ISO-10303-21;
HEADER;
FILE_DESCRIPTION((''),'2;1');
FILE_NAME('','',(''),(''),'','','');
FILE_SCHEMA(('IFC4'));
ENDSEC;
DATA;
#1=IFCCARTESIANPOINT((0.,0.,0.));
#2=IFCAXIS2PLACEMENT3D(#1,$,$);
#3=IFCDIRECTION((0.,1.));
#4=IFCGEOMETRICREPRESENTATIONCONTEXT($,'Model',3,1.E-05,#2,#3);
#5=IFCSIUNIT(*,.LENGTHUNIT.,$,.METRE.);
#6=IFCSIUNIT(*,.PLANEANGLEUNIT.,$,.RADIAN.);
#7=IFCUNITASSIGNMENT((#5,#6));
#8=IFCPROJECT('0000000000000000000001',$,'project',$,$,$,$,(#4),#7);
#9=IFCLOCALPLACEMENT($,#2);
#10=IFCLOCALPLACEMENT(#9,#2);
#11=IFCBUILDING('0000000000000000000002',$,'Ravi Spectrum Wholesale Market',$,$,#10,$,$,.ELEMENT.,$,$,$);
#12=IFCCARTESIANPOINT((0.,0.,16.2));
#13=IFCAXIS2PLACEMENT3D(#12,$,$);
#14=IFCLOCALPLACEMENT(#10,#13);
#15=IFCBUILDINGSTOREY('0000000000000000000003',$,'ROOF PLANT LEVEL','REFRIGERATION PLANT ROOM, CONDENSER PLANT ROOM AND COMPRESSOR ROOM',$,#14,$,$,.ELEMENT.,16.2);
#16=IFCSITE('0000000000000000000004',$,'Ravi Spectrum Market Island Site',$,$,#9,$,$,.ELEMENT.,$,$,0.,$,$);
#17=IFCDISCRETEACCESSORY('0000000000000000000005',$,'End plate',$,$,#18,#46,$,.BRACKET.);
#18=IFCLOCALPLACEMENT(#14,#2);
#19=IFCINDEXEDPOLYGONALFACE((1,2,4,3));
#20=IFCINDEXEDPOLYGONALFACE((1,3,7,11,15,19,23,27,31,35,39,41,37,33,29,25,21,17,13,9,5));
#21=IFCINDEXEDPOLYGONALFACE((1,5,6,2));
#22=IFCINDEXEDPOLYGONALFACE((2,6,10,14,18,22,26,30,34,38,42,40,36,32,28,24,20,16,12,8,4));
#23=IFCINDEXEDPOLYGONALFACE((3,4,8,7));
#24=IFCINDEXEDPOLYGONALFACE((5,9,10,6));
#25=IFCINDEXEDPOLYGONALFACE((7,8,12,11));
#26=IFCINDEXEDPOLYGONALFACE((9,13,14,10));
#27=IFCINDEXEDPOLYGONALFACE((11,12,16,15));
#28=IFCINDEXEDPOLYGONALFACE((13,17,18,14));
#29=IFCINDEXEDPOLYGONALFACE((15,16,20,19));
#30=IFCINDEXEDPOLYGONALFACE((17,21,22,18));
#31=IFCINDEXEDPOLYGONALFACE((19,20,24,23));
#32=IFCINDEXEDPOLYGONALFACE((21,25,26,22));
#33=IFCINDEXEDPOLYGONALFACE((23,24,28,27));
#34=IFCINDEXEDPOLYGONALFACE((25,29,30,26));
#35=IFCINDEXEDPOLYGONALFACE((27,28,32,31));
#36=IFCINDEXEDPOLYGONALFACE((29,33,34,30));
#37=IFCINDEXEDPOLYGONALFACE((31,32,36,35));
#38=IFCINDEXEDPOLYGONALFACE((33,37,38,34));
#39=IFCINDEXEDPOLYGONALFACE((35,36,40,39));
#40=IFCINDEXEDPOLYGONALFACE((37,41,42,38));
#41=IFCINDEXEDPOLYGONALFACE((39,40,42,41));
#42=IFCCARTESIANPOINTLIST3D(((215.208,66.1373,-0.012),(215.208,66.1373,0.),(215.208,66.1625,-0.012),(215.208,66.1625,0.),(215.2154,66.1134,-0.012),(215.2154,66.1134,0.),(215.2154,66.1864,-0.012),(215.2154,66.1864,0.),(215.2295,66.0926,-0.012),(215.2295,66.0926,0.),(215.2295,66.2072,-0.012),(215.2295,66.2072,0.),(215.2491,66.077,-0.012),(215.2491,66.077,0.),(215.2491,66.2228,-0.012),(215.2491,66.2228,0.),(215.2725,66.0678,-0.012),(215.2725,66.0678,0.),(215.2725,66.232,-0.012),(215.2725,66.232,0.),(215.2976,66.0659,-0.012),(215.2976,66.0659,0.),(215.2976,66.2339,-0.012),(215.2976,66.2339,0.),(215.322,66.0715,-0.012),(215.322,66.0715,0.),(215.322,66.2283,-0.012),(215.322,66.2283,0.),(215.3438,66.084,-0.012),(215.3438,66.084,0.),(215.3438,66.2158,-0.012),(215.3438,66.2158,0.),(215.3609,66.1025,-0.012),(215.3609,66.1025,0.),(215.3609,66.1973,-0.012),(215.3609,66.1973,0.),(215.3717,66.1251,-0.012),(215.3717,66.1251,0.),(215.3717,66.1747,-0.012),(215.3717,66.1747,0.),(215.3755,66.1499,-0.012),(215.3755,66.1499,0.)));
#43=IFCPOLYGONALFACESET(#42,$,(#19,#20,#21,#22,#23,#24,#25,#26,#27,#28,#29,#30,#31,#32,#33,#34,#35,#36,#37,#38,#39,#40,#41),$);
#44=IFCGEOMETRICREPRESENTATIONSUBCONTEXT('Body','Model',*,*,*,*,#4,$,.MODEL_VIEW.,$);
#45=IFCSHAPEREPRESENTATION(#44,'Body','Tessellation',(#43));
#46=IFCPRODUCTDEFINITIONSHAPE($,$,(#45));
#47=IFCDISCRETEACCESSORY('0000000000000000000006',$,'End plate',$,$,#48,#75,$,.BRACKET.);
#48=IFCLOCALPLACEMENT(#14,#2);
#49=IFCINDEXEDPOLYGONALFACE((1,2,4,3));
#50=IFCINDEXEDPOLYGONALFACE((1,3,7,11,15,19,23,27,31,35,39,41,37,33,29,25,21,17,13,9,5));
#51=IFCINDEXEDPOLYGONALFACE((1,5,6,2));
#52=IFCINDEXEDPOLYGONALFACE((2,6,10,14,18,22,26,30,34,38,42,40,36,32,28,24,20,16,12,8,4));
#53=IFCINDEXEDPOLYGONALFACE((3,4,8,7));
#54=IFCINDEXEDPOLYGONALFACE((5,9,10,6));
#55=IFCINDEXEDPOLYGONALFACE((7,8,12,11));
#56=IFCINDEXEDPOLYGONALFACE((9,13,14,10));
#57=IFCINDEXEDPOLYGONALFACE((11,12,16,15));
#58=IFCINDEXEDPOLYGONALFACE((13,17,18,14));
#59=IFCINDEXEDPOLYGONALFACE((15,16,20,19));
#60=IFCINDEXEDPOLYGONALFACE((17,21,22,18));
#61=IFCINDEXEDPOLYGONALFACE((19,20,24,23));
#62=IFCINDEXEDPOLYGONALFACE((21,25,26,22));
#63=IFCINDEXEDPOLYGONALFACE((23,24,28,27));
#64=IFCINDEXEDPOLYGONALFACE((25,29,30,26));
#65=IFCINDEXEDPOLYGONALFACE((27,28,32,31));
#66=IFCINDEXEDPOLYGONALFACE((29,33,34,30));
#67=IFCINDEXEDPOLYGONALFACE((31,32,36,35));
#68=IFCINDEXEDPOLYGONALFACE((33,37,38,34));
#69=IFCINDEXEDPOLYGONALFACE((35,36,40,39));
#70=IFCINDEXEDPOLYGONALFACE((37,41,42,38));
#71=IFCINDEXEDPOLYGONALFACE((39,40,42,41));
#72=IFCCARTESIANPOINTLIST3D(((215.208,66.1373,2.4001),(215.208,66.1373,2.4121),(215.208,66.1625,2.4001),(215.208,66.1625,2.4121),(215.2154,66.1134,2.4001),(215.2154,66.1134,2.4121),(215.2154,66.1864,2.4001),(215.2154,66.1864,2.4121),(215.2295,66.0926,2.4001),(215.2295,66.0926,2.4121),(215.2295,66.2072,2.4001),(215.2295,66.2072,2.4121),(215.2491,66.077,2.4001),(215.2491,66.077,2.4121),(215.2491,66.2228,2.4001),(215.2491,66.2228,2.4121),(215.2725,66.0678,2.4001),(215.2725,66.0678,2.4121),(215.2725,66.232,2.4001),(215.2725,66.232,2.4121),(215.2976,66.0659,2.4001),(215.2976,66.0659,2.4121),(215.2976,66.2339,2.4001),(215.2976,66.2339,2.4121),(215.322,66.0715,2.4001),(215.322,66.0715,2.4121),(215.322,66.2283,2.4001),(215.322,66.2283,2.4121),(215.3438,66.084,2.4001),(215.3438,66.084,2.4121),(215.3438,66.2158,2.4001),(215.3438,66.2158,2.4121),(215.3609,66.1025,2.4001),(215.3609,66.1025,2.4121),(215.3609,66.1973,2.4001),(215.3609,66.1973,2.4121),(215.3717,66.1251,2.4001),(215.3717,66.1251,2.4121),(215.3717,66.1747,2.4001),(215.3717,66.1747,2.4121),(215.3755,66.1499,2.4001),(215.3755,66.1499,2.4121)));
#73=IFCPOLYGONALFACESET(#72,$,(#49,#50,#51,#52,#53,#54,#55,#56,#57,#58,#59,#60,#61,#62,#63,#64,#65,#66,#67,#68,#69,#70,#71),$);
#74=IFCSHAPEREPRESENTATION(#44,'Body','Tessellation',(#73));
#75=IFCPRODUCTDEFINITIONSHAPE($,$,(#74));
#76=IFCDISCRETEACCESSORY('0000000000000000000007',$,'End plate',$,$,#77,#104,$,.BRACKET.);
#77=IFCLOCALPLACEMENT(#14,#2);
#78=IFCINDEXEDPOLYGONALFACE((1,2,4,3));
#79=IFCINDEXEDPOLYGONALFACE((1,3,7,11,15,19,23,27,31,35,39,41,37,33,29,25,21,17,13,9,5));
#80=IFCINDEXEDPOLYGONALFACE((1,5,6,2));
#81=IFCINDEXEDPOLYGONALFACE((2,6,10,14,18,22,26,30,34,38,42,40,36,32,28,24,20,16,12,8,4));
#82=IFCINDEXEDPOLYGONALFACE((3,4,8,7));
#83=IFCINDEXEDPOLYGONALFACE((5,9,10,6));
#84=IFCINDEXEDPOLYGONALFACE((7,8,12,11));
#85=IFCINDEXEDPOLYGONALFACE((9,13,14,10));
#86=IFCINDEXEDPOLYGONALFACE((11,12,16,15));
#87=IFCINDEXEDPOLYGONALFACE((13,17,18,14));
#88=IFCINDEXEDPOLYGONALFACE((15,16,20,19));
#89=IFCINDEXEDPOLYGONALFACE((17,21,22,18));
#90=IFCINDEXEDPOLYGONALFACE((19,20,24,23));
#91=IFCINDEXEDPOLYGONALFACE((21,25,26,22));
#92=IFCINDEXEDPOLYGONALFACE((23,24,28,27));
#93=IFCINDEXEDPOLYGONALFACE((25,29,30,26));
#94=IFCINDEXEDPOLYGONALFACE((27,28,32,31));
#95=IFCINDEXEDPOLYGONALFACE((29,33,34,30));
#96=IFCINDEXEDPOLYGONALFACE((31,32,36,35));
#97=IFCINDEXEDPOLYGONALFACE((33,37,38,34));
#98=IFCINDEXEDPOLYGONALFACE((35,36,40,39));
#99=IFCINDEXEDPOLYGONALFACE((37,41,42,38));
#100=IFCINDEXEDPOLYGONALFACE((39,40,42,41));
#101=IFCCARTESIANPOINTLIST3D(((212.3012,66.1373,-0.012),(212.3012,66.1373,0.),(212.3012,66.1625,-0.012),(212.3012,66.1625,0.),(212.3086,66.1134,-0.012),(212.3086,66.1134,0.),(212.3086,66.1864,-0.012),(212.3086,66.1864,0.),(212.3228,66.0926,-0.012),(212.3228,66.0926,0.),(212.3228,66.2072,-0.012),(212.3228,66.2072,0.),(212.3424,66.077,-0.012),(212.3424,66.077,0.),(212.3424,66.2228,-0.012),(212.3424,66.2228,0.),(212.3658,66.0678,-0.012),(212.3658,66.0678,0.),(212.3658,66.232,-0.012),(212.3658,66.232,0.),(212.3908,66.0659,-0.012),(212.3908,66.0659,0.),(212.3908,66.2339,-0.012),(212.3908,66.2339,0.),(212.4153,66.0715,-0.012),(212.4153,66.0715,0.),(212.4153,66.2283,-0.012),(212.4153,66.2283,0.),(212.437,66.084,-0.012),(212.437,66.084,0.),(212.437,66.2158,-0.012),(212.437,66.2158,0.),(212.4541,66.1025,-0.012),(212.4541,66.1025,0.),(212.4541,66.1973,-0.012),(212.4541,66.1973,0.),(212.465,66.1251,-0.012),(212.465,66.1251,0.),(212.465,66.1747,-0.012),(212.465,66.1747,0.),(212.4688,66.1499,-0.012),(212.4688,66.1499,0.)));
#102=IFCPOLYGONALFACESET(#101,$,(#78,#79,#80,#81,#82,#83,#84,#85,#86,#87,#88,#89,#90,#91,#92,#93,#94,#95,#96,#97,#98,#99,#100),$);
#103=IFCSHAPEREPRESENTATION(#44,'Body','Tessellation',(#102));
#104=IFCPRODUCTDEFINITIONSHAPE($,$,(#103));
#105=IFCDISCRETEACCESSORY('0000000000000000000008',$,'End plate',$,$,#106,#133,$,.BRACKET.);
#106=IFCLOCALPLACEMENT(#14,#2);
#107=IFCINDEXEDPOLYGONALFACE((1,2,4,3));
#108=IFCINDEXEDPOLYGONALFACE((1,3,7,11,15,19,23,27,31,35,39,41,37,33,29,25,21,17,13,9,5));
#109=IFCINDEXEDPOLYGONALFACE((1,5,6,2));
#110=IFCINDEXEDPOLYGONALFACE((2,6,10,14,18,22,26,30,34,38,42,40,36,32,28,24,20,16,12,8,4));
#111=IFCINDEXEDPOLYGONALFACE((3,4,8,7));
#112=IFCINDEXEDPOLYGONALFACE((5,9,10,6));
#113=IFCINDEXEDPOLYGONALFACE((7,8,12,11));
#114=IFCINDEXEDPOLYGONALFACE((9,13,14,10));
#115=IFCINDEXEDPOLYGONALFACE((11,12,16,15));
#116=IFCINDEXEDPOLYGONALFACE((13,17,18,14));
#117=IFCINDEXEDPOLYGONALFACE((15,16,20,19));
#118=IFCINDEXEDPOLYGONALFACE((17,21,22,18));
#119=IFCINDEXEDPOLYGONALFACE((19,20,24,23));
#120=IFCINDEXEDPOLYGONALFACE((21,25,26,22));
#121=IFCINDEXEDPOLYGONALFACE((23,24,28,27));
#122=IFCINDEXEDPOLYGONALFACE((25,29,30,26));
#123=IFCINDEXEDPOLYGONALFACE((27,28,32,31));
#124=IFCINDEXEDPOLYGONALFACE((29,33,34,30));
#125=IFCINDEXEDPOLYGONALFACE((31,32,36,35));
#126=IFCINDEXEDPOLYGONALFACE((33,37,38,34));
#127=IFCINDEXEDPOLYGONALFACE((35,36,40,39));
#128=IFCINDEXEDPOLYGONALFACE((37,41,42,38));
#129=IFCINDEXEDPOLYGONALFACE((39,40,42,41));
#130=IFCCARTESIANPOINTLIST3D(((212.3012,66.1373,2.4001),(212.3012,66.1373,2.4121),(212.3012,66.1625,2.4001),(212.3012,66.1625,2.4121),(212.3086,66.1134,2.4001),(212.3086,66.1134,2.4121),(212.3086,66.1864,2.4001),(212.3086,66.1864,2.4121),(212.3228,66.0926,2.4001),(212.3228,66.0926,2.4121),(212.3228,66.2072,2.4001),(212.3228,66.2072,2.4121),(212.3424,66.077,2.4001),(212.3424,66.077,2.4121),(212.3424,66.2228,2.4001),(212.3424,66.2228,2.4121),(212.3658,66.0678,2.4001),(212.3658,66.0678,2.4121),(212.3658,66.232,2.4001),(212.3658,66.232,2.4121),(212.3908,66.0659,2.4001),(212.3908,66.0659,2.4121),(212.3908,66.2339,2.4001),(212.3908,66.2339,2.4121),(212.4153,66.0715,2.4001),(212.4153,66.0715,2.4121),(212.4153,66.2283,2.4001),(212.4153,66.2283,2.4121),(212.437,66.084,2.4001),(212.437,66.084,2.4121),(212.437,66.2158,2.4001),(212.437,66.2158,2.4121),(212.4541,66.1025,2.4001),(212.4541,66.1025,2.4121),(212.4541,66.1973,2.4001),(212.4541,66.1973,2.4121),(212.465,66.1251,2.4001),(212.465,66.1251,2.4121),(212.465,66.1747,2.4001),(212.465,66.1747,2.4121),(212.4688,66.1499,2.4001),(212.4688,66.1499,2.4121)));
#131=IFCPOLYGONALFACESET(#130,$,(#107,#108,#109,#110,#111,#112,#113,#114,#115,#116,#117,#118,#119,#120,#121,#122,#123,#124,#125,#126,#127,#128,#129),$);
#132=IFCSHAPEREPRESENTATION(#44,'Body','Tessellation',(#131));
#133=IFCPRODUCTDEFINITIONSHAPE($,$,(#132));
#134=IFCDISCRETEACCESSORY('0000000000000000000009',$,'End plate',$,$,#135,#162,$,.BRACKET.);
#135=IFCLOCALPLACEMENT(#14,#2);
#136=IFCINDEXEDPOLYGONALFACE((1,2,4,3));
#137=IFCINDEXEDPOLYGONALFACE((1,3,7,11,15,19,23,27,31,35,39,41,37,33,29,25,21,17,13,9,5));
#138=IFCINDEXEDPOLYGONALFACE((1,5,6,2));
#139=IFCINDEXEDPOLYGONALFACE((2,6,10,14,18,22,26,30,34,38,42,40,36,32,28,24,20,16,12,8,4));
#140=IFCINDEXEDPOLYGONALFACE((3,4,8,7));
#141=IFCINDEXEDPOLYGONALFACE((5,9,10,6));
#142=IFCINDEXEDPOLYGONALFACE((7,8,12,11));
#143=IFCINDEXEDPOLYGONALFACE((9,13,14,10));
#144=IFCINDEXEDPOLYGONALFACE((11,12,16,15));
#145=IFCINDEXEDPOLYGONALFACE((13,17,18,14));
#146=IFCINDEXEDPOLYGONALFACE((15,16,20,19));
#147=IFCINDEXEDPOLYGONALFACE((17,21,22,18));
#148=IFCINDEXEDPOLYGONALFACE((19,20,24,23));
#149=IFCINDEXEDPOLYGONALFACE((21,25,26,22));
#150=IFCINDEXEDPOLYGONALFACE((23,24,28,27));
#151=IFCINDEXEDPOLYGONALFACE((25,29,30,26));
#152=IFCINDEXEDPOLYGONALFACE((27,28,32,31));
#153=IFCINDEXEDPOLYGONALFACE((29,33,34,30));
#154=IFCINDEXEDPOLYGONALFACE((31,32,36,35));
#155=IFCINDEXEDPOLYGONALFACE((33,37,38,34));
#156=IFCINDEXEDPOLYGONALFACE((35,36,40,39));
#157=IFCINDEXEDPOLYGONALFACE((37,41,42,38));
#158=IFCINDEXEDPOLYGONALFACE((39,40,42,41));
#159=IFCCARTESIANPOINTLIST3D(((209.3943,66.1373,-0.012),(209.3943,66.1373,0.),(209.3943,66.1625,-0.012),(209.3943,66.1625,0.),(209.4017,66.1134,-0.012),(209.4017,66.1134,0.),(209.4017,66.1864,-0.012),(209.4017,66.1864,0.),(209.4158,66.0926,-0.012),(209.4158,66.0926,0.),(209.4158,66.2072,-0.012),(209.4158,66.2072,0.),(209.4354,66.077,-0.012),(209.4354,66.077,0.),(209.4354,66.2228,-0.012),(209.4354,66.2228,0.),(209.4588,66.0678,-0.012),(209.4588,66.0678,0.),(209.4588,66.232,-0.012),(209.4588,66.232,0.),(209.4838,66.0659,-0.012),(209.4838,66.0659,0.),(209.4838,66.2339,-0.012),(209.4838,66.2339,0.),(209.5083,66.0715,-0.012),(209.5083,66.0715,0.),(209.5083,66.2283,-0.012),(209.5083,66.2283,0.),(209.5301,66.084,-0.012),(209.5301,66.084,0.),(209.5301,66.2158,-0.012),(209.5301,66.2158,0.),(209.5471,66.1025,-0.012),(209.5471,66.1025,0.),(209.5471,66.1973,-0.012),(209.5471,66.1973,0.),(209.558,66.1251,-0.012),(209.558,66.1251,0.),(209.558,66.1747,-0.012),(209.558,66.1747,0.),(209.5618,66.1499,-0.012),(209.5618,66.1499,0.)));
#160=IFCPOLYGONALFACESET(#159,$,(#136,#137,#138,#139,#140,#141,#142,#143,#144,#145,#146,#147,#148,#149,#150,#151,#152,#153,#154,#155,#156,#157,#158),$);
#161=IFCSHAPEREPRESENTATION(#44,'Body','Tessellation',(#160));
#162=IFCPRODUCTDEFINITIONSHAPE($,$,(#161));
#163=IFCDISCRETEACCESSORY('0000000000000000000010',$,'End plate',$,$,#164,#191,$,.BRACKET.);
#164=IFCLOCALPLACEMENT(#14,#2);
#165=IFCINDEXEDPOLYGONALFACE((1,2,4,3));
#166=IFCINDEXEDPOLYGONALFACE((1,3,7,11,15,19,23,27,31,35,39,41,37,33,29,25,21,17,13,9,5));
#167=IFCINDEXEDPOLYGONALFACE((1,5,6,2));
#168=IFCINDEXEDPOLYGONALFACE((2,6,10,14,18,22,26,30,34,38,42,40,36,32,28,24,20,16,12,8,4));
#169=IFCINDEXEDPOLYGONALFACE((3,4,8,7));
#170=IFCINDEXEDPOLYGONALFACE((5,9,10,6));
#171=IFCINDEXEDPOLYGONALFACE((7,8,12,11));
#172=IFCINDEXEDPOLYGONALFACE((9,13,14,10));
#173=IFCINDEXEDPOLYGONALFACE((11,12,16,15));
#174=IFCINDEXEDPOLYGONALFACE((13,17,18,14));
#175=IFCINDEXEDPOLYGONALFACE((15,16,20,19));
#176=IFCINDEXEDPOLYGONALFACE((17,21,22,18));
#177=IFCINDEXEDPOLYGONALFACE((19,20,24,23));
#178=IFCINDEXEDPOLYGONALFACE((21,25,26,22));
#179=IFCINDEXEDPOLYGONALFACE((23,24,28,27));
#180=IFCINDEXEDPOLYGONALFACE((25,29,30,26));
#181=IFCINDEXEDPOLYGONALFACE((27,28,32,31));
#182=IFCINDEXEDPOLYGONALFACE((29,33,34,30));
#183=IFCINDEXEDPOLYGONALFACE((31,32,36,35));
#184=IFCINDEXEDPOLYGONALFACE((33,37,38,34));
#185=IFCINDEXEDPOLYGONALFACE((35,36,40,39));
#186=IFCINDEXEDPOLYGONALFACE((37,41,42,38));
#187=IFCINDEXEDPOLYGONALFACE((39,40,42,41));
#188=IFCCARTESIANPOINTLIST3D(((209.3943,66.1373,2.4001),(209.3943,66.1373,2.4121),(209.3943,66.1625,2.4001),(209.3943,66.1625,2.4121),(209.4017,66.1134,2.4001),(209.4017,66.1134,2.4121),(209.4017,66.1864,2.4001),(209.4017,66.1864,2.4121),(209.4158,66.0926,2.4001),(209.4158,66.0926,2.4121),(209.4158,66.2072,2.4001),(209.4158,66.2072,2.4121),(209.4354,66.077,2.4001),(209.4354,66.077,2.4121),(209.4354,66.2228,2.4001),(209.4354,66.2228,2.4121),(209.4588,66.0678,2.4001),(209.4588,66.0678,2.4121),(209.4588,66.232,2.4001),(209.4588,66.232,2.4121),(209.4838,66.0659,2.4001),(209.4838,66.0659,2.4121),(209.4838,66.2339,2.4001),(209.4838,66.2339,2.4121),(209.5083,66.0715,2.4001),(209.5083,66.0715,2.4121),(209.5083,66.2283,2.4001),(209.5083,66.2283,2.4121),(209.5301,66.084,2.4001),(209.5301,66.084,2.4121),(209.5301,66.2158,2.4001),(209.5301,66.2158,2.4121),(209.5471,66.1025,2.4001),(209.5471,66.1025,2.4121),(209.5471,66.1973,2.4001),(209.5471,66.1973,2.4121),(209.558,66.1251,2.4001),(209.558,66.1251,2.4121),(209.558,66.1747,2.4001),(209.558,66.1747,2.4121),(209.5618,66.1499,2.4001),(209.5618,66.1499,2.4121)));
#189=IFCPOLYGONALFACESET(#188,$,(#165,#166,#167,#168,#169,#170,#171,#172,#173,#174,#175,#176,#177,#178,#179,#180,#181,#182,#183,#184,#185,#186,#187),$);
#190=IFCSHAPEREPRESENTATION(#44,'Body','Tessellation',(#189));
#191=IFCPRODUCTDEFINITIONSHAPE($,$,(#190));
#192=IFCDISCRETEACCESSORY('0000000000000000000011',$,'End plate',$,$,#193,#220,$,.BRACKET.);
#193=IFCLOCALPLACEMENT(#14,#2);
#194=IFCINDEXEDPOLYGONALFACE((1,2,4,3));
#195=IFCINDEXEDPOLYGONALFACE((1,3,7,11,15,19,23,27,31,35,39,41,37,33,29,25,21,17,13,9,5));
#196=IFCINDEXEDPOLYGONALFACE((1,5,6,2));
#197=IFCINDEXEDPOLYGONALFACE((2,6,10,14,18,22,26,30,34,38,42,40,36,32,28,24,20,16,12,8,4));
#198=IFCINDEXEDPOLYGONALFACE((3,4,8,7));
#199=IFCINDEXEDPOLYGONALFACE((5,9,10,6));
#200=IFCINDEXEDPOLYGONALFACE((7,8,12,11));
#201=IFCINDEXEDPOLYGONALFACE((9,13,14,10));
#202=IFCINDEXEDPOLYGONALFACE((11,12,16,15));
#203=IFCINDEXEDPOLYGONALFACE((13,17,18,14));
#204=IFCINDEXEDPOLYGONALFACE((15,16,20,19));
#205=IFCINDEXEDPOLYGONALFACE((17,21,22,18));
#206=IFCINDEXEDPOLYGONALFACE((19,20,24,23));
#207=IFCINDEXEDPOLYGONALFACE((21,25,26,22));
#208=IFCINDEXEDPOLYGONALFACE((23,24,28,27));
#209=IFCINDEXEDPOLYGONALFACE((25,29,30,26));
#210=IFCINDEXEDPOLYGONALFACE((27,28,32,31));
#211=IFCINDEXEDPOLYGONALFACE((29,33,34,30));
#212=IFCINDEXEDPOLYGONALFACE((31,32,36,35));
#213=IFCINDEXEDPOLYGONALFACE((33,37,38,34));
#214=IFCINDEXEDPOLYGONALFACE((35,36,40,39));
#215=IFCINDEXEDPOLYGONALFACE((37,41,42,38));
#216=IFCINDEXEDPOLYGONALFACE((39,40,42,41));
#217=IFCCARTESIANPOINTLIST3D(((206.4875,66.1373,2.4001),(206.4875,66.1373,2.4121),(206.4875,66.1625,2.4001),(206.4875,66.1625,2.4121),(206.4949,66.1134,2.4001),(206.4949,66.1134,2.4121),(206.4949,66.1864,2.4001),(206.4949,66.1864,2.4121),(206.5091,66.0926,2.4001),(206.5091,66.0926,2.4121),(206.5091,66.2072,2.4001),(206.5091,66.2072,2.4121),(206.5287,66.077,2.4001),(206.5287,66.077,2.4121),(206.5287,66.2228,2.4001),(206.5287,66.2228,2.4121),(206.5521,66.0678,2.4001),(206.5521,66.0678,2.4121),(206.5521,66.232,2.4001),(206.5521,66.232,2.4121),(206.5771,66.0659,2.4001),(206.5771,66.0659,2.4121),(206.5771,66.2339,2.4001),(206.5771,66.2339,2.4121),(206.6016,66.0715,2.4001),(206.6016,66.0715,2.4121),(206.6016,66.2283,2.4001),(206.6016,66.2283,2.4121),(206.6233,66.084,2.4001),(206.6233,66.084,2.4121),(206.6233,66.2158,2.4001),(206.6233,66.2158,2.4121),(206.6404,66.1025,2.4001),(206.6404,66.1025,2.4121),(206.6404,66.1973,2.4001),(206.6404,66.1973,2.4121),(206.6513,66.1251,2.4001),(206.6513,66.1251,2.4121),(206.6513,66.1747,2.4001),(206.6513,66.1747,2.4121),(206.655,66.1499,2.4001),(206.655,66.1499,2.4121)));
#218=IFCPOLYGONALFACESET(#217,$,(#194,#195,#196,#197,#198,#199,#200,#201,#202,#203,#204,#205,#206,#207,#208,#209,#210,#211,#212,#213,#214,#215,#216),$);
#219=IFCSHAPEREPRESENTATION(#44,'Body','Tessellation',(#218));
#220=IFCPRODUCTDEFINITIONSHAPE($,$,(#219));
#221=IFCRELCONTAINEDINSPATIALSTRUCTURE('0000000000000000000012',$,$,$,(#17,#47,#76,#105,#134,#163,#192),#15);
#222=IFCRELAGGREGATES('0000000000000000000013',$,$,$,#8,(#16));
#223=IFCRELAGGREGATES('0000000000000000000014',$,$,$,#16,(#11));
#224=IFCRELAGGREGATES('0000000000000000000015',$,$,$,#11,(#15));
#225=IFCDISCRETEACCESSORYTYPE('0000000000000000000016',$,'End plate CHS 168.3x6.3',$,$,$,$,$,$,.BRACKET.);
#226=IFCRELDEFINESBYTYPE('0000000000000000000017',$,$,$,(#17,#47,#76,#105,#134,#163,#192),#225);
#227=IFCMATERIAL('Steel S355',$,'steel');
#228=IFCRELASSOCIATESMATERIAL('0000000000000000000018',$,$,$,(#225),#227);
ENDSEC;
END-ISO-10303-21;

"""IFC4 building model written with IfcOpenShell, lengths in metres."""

from ifc_helpers import new_model, si_unit, direction, frame, origin, origin_2d, place, context, subcontext, project, spatial, circle, extrude, material, material_profile, profile_set, type_object, element, save


model = new_model("IFC4")

# Units and contexts
model_context = context("Model", 3, precision=1e-05, world=origin(), true_north=direction((0.0, 1.0)))
body_context = subcontext(model_context, "Body", "Model", "MODEL_VIEW")
ifc_project = project(units=[si_unit("LENGTHUNIT", "METRE"), si_unit("PLANEANGLEUNIT", "RADIAN")], contexts=[model_context])

# Site, building, storey
site_placement = place(None, origin())
site = spatial("IfcSite", under=ifc_project, at=site_placement, Name="Ravi Spectrum Market Island Site", CompositionType="ELEMENT", RefElevation=0.0)
building_placement = place(site_placement, origin())
building = spatial("IfcBuilding", under=site, at=building_placement, Name="Ravi Spectrum Wholesale Market", CompositionType="ELEMENT")
storey_placement = place(building_placement, frame((0.0, 0.0, 16.2)))
storey = spatial("IfcBuildingStorey", under=building, at=storey_placement, Name="ROOF PLANT LEVEL", Description="REFRIGERATION PLANT ROOM, CONDENSER PLANT ROOM AND COMPRESSOR ROOM", CompositionType="ELEMENT", Elevation=16.2)

# Discrete accessories
ifc_material_1 = material(Name="Steel S355", Category="steel")
ifc_material_profile_1 = material_profile(ifc_material_1, circle(Radius=0.0842, at=origin_2d()))
ifc_profile_set_1 = profile_set([ifc_material_profile_1], Name="Steel S355")
discrete_accessory_type = type_object("IfcDiscreteAccessoryType", Name="End plate CHS 168.3x6.3", PredefinedType="BRACKET", material=ifc_profile_set_1)
for number, where, z_axis, x_axis, name in (
    (1, (215.2913, 66.1499, 0.0), (0.0, 0.0, -1.0), (1.0, 0.0, 0.0), "End plate"),
    (2, (215.2913, 66.1499, 2.4001), (0.0, 0.0, 1.0), (1.0, 0.0, 0.0), "End plate"),
    (3, (212.3845, 66.1499, 0.0), (0.0, 0.0, -1.0), (1.0, 0.0, 0.0), "End plate"),
    (4, (212.3845, 66.1499, 2.4001), (0.0, 0.0, 1.0), (1.0, 0.0, 0.0), "End plate"),
    (5, (209.4775, 66.1499, 0.0), (0.0, 0.0, -1.0), (1.0, 0.0, 0.0), "End plate"),
    (6, (209.4775, 66.1499, 2.4001), (0.0, 0.0, 1.0), (1.0, 0.0, 0.0), "End plate"),
    (7, (206.5708, 66.1499, 2.4001), (0.0, 0.0, 1.0), (1.0, 0.0, 0.0), "End plate"),
):
    element("IfcDiscreteAccessory", number, at=place(storey_placement, frame(where, z_axis=z_axis, x_axis=x_axis)), inside=storey, type_object=discrete_accessory_type, Name=name, PredefinedType="BRACKET", context=body_context, shape_type="SweptSolid", body=[
        extrude(circle(Radius=0.0842, at=origin_2d()), origin(), (0.0, 0.0, 1.0), 0.012),
    ])

save(model, "model.ifc")
